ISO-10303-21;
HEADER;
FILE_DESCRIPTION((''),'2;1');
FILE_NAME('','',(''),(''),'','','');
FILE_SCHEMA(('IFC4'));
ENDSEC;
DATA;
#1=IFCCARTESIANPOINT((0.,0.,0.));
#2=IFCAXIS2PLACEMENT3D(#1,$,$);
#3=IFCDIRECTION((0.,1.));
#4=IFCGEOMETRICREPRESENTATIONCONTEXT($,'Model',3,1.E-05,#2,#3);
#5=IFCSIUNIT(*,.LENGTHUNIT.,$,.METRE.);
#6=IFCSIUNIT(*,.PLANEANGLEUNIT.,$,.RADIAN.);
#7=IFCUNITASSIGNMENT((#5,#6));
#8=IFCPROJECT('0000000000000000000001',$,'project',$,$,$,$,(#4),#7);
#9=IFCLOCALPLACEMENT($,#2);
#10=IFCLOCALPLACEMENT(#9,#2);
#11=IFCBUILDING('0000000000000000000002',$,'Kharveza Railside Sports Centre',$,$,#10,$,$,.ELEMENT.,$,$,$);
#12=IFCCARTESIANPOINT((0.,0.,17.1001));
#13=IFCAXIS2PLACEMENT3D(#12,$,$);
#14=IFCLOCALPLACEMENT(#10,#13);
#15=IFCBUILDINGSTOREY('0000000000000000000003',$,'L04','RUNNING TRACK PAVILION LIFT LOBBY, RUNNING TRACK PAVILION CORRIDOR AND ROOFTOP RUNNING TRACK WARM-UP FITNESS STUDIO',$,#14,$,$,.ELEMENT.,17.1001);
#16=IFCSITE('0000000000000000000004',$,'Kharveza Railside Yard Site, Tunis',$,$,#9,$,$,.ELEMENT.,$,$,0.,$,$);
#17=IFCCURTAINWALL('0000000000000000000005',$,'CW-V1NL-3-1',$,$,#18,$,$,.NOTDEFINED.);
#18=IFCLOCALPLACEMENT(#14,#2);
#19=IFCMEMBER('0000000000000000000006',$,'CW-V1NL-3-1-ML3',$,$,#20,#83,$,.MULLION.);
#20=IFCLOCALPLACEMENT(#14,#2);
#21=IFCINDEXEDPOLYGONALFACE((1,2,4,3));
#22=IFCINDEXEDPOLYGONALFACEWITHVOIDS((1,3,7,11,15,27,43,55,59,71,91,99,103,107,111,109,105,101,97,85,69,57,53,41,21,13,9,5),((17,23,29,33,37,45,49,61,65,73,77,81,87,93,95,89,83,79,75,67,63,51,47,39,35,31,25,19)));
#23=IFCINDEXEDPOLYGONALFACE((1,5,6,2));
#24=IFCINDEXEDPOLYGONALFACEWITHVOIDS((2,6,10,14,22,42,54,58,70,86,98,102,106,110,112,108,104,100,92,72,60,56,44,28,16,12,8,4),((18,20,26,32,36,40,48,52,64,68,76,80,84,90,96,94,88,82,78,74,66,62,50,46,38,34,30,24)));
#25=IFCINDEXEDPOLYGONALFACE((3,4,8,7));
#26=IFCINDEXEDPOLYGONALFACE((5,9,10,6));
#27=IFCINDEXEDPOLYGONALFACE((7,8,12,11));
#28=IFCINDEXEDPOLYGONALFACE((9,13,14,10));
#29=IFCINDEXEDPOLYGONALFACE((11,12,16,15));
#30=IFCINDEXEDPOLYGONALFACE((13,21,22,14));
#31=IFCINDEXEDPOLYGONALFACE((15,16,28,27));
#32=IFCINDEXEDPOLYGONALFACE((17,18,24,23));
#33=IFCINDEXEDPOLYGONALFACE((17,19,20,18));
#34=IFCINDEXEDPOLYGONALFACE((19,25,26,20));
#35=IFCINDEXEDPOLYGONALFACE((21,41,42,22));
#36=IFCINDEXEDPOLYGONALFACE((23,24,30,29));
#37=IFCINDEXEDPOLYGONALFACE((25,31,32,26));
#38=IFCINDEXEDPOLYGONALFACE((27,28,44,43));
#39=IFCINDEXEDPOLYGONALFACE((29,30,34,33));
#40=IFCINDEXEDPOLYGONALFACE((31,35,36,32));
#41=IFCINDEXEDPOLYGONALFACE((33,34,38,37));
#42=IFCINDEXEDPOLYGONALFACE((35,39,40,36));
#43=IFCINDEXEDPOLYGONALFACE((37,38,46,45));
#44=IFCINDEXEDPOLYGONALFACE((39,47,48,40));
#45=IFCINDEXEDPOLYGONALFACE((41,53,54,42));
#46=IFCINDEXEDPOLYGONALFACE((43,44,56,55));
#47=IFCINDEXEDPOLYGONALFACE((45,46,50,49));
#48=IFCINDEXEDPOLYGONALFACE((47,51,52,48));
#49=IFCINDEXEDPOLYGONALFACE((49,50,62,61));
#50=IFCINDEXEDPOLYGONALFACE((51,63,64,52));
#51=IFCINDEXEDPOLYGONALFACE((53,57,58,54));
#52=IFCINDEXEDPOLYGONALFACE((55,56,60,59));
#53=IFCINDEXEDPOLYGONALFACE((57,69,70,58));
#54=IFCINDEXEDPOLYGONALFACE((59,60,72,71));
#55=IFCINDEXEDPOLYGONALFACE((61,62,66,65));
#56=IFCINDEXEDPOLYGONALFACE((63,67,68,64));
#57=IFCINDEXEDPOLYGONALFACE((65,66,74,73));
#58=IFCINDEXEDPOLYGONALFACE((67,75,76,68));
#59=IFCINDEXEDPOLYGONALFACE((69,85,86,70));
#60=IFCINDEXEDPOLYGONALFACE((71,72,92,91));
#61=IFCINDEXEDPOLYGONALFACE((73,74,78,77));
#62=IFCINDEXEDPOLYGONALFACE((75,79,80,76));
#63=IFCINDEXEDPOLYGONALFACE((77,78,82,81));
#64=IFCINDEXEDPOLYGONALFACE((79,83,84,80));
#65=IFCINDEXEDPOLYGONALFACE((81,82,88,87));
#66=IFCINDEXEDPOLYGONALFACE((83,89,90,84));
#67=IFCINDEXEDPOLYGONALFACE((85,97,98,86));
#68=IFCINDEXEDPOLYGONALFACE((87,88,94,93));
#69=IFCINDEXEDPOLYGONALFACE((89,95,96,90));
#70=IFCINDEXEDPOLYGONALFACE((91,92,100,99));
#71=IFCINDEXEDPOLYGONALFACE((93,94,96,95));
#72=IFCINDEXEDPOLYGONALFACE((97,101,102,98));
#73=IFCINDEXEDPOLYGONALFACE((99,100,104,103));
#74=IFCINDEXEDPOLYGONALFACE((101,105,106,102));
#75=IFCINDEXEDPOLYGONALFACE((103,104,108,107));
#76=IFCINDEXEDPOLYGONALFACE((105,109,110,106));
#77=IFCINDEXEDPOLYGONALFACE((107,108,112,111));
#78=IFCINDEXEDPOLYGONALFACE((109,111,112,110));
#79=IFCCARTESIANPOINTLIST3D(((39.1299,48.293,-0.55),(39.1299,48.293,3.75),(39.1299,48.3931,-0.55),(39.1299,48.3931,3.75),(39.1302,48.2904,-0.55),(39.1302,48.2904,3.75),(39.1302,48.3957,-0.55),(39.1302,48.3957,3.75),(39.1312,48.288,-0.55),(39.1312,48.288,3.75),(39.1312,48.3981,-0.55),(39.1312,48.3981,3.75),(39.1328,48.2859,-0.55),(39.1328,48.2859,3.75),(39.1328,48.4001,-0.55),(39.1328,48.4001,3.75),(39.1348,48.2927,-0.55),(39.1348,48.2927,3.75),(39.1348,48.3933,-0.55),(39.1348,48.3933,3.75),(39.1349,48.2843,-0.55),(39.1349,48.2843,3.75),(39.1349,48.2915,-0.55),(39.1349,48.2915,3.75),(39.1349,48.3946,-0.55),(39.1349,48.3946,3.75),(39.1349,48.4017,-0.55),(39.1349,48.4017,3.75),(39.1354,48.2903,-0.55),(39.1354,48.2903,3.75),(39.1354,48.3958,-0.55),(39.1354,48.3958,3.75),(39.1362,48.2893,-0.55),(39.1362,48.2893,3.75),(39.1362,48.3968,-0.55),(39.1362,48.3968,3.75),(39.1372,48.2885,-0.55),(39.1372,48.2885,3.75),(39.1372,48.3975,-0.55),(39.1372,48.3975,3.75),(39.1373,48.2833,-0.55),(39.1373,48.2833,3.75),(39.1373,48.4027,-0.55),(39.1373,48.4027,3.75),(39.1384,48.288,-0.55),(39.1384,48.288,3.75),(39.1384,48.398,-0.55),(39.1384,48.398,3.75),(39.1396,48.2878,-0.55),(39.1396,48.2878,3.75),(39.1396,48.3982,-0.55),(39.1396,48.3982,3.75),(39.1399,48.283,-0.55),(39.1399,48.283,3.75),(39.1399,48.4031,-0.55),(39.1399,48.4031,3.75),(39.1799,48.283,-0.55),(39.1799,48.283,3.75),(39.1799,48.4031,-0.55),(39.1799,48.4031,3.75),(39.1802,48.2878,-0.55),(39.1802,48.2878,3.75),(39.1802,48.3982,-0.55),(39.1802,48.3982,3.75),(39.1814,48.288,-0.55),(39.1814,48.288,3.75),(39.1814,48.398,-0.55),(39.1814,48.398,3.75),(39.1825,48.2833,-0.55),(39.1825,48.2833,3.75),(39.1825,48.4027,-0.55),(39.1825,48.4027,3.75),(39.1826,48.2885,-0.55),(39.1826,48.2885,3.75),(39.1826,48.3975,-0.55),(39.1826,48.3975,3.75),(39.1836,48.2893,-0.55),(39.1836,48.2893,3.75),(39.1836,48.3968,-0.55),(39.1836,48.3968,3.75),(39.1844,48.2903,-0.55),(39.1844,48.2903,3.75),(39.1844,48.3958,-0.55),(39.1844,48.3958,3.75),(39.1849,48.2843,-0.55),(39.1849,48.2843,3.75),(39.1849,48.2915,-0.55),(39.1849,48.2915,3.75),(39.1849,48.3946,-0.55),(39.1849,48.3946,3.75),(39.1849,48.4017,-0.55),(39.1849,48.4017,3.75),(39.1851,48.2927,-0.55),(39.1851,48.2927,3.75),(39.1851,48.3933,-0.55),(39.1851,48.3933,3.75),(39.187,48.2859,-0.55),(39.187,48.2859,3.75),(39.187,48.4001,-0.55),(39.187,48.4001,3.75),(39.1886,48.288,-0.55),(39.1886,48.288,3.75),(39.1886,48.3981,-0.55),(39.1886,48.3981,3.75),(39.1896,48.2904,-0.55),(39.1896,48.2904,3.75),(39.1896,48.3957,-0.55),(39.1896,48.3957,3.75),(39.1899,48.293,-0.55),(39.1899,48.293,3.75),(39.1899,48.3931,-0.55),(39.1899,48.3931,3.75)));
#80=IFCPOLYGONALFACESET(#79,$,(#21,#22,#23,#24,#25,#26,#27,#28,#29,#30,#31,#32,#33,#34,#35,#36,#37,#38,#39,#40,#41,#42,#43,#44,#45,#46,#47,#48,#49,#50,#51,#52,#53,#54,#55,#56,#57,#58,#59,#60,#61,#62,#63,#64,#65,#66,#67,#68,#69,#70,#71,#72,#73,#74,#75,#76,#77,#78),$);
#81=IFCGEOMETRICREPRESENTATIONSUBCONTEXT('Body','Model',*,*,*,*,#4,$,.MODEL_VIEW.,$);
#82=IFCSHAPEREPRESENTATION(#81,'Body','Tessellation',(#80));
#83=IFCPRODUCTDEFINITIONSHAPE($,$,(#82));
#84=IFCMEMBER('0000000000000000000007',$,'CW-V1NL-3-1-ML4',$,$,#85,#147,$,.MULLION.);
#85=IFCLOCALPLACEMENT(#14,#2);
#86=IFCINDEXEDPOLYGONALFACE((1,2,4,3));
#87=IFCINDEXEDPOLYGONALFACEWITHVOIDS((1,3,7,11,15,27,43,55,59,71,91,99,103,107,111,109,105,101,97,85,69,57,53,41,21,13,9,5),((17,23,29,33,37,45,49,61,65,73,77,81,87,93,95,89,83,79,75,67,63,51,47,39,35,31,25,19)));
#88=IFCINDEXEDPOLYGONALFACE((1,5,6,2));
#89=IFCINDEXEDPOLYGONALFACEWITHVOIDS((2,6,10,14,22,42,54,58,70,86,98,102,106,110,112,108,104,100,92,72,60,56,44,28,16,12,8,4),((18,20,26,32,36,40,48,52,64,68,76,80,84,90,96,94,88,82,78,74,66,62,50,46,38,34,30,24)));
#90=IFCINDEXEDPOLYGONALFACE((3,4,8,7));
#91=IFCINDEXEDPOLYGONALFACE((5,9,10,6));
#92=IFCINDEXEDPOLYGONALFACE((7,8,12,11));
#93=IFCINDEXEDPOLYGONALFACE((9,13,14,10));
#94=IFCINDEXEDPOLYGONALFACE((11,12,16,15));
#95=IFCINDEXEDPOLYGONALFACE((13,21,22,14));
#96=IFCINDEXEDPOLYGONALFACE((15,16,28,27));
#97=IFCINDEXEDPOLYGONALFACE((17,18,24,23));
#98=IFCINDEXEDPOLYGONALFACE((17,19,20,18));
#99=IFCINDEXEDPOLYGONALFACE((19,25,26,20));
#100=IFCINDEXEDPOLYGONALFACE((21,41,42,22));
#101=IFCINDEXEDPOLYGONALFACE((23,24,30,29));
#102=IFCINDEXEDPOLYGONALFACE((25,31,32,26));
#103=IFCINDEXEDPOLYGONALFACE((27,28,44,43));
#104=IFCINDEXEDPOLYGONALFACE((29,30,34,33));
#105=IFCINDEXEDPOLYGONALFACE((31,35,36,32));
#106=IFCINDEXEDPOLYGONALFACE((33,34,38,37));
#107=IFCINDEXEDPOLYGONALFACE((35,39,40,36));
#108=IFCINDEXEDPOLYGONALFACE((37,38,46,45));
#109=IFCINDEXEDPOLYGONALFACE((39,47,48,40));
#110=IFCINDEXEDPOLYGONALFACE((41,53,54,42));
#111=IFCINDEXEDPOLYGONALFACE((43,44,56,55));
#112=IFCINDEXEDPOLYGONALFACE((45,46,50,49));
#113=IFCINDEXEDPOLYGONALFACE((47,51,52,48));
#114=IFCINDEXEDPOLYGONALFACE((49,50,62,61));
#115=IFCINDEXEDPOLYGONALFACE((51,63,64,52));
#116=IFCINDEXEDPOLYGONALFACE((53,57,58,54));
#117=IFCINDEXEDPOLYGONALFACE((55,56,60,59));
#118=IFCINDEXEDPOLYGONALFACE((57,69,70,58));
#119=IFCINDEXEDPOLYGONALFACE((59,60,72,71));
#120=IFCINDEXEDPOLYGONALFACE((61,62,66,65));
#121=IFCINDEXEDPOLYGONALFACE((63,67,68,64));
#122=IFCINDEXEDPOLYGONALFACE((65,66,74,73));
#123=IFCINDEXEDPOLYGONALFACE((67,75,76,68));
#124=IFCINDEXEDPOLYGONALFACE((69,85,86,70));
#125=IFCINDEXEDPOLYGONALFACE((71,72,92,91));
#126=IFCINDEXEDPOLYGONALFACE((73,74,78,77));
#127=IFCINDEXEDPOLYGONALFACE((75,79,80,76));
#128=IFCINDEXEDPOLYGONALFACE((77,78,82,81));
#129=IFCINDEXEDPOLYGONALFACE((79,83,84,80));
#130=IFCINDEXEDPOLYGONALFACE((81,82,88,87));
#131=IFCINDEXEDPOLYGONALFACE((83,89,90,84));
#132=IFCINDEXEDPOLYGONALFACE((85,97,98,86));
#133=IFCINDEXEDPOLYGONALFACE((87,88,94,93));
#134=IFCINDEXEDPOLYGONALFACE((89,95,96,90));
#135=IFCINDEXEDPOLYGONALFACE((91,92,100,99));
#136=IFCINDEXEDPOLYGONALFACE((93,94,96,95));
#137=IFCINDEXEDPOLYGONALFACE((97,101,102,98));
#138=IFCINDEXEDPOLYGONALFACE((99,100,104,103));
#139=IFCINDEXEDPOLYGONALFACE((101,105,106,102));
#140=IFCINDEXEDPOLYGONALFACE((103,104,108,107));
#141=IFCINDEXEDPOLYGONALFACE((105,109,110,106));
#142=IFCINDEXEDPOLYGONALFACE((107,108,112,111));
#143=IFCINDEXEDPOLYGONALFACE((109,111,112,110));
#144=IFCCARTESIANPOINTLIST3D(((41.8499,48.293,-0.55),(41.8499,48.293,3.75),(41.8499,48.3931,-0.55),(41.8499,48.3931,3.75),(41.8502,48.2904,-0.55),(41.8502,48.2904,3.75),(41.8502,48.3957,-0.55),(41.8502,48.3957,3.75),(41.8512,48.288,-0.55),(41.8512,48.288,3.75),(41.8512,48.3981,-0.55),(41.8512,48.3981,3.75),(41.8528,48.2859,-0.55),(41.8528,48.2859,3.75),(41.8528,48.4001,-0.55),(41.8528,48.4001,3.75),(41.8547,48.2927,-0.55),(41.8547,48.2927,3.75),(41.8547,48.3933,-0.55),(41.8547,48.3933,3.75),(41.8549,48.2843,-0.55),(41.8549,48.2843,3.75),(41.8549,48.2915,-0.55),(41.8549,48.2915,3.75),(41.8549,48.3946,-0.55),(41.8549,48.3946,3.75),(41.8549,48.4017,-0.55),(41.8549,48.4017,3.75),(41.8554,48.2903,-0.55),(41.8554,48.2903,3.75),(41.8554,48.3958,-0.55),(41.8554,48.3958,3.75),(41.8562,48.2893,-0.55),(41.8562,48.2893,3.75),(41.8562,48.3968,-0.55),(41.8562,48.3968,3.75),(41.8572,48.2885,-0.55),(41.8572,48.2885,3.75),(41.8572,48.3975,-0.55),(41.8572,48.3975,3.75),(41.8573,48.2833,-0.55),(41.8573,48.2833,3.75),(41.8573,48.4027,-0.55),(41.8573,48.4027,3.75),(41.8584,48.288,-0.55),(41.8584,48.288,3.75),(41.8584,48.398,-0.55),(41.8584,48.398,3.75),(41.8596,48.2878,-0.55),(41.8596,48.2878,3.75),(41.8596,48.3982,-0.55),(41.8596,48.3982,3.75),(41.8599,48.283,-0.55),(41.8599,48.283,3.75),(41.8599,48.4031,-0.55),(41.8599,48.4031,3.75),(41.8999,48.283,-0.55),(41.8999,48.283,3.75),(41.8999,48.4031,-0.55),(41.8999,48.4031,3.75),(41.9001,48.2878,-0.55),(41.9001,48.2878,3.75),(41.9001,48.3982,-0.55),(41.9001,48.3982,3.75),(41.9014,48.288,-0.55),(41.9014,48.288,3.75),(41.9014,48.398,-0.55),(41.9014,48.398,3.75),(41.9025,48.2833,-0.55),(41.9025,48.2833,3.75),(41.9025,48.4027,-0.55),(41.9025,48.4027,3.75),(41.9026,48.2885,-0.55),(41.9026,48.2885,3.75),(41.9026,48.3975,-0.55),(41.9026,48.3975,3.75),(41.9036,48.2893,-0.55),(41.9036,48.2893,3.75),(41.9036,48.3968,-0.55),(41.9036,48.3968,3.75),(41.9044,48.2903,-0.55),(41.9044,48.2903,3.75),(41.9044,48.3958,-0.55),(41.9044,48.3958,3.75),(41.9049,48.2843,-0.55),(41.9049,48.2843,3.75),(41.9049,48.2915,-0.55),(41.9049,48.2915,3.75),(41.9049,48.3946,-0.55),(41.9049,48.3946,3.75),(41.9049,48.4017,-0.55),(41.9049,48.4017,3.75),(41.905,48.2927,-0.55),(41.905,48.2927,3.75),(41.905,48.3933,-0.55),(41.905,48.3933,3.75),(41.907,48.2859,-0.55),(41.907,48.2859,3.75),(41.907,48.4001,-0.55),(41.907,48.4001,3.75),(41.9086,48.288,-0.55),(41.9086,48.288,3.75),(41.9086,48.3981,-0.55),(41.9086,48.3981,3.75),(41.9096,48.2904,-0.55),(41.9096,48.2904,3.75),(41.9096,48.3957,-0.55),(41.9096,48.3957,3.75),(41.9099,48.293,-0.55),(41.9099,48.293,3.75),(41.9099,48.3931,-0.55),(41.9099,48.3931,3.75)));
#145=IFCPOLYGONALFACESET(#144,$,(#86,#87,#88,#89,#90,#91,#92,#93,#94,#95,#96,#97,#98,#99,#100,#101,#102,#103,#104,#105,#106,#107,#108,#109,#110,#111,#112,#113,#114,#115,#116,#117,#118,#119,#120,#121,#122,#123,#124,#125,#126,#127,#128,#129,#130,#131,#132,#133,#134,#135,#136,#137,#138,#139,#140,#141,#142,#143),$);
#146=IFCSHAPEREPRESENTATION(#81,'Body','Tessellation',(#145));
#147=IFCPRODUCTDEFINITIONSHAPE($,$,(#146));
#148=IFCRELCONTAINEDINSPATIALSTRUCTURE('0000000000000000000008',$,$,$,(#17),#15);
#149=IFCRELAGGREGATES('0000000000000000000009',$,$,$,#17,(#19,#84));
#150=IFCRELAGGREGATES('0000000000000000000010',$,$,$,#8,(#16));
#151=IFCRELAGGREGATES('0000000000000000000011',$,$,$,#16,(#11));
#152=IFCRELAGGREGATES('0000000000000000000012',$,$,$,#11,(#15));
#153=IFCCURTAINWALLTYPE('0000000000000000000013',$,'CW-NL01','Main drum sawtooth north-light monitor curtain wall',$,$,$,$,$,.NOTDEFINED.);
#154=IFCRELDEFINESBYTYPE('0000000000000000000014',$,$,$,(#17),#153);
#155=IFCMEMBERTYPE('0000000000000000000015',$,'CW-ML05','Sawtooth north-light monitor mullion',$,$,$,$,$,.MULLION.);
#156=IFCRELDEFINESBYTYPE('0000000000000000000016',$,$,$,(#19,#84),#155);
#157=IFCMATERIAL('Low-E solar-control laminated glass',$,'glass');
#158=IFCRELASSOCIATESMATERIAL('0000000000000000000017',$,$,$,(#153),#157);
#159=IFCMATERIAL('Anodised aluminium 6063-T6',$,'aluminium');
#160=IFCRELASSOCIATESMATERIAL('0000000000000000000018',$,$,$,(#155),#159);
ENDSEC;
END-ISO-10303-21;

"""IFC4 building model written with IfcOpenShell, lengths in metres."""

from ifc_helpers import new_model, si_unit, direction, frame, origin, origin_2d, place, context, subcontext, project, spatial, hollow_rectangle, extrude, material, material_profile, profile_set, type_object, element, aggregate, save


model = new_model("IFC4")

# Units and contexts
model_context = context("Model", 3, precision=1e-05, world=origin(), true_north=direction((0.0, 1.0)))
body_context = subcontext(model_context, "Body", "Model", "MODEL_VIEW")
ifc_project = project(units=[si_unit("LENGTHUNIT", "METRE"), si_unit("PLANEANGLEUNIT", "RADIAN")], contexts=[model_context])

# Site, building, storey
site_placement = place(None, origin())
site = spatial("IfcSite", under=ifc_project, at=site_placement, Name="Kharveza Railside Yard Site, Tunis", CompositionType="ELEMENT", RefElevation=0.0)
building_placement = place(site_placement, origin())
building = spatial("IfcBuilding", under=site, at=building_placement, Name="Kharveza Railside Sports Centre", CompositionType="ELEMENT")
storey_placement = place(building_placement, frame((0.0, 0.0, 17.1001)))
storey = spatial("IfcBuildingStorey", under=building, at=storey_placement, Name="L04", Description="RUNNING TRACK PAVILION LIFT LOBBY, RUNNING TRACK PAVILION CORRIDOR AND ROOFTOP RUNNING TRACK WARM-UP FITNESS STUDIO", CompositionType="ELEMENT", Elevation=17.1001)

# Curtain wall, members
ifc_material_1 = material(Name="Low-E solar-control laminated glass", Category="glass")
curtain_wall_type = type_object("IfcCurtainWallType", Name="CW-NL01", Description="Main drum sawtooth north-light monitor curtain wall", PredefinedType="NOTDEFINED", material=ifc_material_1)
curtain_wall_1_placement = place(storey_placement, origin())
curtain_wall_1 = element("IfcCurtainWall", 1, at=curtain_wall_1_placement, inside=storey, type_object=curtain_wall_type, Name="CW-V1NL-3-1", PredefinedType="NOTDEFINED")
ifc_material_2 = material(Name="Anodised aluminium 6063-T6", Category="aluminium")
ifc_material_profile_1 = material_profile(ifc_material_2, hollow_rectangle(XDim=0.0601, YDim=0.1201, WallThickness=0.0049, InnerFilletRadius=0.0049, OuterFilletRadius=0.01, at=origin_2d()), Name="RHS 60x120x5.0")
ifc_profile_set_1 = profile_set([ifc_material_profile_1], Name="Anodised aluminium 6063-T6")
member_type_1 = type_object("IfcMemberType", Name="CW-ML05", Description="Sawtooth north-light monitor mullion", PredefinedType="MULLION", material=ifc_profile_set_1)
member_1_placement = place(storey_placement, frame((39.1599, 48.343, -0.55), z_axis=(0.0, 0.0, 1.0), x_axis=(1.0, 0.0, 0.0)))
member_1 = element("IfcMember", 2, at=member_1_placement, type_object=member_type_1, Name="CW-V1NL-3-1-ML3", PredefinedType="MULLION", context=body_context, shape_type="SweptSolid", body=[
    extrude(hollow_rectangle(XDim=0.0601, YDim=0.1201, WallThickness=0.0049, InnerFilletRadius=0.0049, OuterFilletRadius=0.01, at=origin_2d()), origin(), (0.0, 0.0, 1.0), 4.3),
])
member_2_placement = place(storey_placement, frame((41.8799, 48.343, -0.55), z_axis=(0.0, 0.0, 1.0), x_axis=(1.0, 0.0, 0.0)))
member_2 = element("IfcMember", 3, at=member_2_placement, type_object=member_type_1, Name="CW-V1NL-3-1-ML4", PredefinedType="MULLION", context=body_context, shape_type="SweptSolid", body=[
    extrude(hollow_rectangle(XDim=0.0601, YDim=0.1201, WallThickness=0.0049, InnerFilletRadius=0.0049, OuterFilletRadius=0.01, at=origin_2d()), origin(), (0.0, 0.0, 1.0), 4.3),
])

aggregate(curtain_wall_1, [member_1, member_2])

save(model, "model.ifc")
